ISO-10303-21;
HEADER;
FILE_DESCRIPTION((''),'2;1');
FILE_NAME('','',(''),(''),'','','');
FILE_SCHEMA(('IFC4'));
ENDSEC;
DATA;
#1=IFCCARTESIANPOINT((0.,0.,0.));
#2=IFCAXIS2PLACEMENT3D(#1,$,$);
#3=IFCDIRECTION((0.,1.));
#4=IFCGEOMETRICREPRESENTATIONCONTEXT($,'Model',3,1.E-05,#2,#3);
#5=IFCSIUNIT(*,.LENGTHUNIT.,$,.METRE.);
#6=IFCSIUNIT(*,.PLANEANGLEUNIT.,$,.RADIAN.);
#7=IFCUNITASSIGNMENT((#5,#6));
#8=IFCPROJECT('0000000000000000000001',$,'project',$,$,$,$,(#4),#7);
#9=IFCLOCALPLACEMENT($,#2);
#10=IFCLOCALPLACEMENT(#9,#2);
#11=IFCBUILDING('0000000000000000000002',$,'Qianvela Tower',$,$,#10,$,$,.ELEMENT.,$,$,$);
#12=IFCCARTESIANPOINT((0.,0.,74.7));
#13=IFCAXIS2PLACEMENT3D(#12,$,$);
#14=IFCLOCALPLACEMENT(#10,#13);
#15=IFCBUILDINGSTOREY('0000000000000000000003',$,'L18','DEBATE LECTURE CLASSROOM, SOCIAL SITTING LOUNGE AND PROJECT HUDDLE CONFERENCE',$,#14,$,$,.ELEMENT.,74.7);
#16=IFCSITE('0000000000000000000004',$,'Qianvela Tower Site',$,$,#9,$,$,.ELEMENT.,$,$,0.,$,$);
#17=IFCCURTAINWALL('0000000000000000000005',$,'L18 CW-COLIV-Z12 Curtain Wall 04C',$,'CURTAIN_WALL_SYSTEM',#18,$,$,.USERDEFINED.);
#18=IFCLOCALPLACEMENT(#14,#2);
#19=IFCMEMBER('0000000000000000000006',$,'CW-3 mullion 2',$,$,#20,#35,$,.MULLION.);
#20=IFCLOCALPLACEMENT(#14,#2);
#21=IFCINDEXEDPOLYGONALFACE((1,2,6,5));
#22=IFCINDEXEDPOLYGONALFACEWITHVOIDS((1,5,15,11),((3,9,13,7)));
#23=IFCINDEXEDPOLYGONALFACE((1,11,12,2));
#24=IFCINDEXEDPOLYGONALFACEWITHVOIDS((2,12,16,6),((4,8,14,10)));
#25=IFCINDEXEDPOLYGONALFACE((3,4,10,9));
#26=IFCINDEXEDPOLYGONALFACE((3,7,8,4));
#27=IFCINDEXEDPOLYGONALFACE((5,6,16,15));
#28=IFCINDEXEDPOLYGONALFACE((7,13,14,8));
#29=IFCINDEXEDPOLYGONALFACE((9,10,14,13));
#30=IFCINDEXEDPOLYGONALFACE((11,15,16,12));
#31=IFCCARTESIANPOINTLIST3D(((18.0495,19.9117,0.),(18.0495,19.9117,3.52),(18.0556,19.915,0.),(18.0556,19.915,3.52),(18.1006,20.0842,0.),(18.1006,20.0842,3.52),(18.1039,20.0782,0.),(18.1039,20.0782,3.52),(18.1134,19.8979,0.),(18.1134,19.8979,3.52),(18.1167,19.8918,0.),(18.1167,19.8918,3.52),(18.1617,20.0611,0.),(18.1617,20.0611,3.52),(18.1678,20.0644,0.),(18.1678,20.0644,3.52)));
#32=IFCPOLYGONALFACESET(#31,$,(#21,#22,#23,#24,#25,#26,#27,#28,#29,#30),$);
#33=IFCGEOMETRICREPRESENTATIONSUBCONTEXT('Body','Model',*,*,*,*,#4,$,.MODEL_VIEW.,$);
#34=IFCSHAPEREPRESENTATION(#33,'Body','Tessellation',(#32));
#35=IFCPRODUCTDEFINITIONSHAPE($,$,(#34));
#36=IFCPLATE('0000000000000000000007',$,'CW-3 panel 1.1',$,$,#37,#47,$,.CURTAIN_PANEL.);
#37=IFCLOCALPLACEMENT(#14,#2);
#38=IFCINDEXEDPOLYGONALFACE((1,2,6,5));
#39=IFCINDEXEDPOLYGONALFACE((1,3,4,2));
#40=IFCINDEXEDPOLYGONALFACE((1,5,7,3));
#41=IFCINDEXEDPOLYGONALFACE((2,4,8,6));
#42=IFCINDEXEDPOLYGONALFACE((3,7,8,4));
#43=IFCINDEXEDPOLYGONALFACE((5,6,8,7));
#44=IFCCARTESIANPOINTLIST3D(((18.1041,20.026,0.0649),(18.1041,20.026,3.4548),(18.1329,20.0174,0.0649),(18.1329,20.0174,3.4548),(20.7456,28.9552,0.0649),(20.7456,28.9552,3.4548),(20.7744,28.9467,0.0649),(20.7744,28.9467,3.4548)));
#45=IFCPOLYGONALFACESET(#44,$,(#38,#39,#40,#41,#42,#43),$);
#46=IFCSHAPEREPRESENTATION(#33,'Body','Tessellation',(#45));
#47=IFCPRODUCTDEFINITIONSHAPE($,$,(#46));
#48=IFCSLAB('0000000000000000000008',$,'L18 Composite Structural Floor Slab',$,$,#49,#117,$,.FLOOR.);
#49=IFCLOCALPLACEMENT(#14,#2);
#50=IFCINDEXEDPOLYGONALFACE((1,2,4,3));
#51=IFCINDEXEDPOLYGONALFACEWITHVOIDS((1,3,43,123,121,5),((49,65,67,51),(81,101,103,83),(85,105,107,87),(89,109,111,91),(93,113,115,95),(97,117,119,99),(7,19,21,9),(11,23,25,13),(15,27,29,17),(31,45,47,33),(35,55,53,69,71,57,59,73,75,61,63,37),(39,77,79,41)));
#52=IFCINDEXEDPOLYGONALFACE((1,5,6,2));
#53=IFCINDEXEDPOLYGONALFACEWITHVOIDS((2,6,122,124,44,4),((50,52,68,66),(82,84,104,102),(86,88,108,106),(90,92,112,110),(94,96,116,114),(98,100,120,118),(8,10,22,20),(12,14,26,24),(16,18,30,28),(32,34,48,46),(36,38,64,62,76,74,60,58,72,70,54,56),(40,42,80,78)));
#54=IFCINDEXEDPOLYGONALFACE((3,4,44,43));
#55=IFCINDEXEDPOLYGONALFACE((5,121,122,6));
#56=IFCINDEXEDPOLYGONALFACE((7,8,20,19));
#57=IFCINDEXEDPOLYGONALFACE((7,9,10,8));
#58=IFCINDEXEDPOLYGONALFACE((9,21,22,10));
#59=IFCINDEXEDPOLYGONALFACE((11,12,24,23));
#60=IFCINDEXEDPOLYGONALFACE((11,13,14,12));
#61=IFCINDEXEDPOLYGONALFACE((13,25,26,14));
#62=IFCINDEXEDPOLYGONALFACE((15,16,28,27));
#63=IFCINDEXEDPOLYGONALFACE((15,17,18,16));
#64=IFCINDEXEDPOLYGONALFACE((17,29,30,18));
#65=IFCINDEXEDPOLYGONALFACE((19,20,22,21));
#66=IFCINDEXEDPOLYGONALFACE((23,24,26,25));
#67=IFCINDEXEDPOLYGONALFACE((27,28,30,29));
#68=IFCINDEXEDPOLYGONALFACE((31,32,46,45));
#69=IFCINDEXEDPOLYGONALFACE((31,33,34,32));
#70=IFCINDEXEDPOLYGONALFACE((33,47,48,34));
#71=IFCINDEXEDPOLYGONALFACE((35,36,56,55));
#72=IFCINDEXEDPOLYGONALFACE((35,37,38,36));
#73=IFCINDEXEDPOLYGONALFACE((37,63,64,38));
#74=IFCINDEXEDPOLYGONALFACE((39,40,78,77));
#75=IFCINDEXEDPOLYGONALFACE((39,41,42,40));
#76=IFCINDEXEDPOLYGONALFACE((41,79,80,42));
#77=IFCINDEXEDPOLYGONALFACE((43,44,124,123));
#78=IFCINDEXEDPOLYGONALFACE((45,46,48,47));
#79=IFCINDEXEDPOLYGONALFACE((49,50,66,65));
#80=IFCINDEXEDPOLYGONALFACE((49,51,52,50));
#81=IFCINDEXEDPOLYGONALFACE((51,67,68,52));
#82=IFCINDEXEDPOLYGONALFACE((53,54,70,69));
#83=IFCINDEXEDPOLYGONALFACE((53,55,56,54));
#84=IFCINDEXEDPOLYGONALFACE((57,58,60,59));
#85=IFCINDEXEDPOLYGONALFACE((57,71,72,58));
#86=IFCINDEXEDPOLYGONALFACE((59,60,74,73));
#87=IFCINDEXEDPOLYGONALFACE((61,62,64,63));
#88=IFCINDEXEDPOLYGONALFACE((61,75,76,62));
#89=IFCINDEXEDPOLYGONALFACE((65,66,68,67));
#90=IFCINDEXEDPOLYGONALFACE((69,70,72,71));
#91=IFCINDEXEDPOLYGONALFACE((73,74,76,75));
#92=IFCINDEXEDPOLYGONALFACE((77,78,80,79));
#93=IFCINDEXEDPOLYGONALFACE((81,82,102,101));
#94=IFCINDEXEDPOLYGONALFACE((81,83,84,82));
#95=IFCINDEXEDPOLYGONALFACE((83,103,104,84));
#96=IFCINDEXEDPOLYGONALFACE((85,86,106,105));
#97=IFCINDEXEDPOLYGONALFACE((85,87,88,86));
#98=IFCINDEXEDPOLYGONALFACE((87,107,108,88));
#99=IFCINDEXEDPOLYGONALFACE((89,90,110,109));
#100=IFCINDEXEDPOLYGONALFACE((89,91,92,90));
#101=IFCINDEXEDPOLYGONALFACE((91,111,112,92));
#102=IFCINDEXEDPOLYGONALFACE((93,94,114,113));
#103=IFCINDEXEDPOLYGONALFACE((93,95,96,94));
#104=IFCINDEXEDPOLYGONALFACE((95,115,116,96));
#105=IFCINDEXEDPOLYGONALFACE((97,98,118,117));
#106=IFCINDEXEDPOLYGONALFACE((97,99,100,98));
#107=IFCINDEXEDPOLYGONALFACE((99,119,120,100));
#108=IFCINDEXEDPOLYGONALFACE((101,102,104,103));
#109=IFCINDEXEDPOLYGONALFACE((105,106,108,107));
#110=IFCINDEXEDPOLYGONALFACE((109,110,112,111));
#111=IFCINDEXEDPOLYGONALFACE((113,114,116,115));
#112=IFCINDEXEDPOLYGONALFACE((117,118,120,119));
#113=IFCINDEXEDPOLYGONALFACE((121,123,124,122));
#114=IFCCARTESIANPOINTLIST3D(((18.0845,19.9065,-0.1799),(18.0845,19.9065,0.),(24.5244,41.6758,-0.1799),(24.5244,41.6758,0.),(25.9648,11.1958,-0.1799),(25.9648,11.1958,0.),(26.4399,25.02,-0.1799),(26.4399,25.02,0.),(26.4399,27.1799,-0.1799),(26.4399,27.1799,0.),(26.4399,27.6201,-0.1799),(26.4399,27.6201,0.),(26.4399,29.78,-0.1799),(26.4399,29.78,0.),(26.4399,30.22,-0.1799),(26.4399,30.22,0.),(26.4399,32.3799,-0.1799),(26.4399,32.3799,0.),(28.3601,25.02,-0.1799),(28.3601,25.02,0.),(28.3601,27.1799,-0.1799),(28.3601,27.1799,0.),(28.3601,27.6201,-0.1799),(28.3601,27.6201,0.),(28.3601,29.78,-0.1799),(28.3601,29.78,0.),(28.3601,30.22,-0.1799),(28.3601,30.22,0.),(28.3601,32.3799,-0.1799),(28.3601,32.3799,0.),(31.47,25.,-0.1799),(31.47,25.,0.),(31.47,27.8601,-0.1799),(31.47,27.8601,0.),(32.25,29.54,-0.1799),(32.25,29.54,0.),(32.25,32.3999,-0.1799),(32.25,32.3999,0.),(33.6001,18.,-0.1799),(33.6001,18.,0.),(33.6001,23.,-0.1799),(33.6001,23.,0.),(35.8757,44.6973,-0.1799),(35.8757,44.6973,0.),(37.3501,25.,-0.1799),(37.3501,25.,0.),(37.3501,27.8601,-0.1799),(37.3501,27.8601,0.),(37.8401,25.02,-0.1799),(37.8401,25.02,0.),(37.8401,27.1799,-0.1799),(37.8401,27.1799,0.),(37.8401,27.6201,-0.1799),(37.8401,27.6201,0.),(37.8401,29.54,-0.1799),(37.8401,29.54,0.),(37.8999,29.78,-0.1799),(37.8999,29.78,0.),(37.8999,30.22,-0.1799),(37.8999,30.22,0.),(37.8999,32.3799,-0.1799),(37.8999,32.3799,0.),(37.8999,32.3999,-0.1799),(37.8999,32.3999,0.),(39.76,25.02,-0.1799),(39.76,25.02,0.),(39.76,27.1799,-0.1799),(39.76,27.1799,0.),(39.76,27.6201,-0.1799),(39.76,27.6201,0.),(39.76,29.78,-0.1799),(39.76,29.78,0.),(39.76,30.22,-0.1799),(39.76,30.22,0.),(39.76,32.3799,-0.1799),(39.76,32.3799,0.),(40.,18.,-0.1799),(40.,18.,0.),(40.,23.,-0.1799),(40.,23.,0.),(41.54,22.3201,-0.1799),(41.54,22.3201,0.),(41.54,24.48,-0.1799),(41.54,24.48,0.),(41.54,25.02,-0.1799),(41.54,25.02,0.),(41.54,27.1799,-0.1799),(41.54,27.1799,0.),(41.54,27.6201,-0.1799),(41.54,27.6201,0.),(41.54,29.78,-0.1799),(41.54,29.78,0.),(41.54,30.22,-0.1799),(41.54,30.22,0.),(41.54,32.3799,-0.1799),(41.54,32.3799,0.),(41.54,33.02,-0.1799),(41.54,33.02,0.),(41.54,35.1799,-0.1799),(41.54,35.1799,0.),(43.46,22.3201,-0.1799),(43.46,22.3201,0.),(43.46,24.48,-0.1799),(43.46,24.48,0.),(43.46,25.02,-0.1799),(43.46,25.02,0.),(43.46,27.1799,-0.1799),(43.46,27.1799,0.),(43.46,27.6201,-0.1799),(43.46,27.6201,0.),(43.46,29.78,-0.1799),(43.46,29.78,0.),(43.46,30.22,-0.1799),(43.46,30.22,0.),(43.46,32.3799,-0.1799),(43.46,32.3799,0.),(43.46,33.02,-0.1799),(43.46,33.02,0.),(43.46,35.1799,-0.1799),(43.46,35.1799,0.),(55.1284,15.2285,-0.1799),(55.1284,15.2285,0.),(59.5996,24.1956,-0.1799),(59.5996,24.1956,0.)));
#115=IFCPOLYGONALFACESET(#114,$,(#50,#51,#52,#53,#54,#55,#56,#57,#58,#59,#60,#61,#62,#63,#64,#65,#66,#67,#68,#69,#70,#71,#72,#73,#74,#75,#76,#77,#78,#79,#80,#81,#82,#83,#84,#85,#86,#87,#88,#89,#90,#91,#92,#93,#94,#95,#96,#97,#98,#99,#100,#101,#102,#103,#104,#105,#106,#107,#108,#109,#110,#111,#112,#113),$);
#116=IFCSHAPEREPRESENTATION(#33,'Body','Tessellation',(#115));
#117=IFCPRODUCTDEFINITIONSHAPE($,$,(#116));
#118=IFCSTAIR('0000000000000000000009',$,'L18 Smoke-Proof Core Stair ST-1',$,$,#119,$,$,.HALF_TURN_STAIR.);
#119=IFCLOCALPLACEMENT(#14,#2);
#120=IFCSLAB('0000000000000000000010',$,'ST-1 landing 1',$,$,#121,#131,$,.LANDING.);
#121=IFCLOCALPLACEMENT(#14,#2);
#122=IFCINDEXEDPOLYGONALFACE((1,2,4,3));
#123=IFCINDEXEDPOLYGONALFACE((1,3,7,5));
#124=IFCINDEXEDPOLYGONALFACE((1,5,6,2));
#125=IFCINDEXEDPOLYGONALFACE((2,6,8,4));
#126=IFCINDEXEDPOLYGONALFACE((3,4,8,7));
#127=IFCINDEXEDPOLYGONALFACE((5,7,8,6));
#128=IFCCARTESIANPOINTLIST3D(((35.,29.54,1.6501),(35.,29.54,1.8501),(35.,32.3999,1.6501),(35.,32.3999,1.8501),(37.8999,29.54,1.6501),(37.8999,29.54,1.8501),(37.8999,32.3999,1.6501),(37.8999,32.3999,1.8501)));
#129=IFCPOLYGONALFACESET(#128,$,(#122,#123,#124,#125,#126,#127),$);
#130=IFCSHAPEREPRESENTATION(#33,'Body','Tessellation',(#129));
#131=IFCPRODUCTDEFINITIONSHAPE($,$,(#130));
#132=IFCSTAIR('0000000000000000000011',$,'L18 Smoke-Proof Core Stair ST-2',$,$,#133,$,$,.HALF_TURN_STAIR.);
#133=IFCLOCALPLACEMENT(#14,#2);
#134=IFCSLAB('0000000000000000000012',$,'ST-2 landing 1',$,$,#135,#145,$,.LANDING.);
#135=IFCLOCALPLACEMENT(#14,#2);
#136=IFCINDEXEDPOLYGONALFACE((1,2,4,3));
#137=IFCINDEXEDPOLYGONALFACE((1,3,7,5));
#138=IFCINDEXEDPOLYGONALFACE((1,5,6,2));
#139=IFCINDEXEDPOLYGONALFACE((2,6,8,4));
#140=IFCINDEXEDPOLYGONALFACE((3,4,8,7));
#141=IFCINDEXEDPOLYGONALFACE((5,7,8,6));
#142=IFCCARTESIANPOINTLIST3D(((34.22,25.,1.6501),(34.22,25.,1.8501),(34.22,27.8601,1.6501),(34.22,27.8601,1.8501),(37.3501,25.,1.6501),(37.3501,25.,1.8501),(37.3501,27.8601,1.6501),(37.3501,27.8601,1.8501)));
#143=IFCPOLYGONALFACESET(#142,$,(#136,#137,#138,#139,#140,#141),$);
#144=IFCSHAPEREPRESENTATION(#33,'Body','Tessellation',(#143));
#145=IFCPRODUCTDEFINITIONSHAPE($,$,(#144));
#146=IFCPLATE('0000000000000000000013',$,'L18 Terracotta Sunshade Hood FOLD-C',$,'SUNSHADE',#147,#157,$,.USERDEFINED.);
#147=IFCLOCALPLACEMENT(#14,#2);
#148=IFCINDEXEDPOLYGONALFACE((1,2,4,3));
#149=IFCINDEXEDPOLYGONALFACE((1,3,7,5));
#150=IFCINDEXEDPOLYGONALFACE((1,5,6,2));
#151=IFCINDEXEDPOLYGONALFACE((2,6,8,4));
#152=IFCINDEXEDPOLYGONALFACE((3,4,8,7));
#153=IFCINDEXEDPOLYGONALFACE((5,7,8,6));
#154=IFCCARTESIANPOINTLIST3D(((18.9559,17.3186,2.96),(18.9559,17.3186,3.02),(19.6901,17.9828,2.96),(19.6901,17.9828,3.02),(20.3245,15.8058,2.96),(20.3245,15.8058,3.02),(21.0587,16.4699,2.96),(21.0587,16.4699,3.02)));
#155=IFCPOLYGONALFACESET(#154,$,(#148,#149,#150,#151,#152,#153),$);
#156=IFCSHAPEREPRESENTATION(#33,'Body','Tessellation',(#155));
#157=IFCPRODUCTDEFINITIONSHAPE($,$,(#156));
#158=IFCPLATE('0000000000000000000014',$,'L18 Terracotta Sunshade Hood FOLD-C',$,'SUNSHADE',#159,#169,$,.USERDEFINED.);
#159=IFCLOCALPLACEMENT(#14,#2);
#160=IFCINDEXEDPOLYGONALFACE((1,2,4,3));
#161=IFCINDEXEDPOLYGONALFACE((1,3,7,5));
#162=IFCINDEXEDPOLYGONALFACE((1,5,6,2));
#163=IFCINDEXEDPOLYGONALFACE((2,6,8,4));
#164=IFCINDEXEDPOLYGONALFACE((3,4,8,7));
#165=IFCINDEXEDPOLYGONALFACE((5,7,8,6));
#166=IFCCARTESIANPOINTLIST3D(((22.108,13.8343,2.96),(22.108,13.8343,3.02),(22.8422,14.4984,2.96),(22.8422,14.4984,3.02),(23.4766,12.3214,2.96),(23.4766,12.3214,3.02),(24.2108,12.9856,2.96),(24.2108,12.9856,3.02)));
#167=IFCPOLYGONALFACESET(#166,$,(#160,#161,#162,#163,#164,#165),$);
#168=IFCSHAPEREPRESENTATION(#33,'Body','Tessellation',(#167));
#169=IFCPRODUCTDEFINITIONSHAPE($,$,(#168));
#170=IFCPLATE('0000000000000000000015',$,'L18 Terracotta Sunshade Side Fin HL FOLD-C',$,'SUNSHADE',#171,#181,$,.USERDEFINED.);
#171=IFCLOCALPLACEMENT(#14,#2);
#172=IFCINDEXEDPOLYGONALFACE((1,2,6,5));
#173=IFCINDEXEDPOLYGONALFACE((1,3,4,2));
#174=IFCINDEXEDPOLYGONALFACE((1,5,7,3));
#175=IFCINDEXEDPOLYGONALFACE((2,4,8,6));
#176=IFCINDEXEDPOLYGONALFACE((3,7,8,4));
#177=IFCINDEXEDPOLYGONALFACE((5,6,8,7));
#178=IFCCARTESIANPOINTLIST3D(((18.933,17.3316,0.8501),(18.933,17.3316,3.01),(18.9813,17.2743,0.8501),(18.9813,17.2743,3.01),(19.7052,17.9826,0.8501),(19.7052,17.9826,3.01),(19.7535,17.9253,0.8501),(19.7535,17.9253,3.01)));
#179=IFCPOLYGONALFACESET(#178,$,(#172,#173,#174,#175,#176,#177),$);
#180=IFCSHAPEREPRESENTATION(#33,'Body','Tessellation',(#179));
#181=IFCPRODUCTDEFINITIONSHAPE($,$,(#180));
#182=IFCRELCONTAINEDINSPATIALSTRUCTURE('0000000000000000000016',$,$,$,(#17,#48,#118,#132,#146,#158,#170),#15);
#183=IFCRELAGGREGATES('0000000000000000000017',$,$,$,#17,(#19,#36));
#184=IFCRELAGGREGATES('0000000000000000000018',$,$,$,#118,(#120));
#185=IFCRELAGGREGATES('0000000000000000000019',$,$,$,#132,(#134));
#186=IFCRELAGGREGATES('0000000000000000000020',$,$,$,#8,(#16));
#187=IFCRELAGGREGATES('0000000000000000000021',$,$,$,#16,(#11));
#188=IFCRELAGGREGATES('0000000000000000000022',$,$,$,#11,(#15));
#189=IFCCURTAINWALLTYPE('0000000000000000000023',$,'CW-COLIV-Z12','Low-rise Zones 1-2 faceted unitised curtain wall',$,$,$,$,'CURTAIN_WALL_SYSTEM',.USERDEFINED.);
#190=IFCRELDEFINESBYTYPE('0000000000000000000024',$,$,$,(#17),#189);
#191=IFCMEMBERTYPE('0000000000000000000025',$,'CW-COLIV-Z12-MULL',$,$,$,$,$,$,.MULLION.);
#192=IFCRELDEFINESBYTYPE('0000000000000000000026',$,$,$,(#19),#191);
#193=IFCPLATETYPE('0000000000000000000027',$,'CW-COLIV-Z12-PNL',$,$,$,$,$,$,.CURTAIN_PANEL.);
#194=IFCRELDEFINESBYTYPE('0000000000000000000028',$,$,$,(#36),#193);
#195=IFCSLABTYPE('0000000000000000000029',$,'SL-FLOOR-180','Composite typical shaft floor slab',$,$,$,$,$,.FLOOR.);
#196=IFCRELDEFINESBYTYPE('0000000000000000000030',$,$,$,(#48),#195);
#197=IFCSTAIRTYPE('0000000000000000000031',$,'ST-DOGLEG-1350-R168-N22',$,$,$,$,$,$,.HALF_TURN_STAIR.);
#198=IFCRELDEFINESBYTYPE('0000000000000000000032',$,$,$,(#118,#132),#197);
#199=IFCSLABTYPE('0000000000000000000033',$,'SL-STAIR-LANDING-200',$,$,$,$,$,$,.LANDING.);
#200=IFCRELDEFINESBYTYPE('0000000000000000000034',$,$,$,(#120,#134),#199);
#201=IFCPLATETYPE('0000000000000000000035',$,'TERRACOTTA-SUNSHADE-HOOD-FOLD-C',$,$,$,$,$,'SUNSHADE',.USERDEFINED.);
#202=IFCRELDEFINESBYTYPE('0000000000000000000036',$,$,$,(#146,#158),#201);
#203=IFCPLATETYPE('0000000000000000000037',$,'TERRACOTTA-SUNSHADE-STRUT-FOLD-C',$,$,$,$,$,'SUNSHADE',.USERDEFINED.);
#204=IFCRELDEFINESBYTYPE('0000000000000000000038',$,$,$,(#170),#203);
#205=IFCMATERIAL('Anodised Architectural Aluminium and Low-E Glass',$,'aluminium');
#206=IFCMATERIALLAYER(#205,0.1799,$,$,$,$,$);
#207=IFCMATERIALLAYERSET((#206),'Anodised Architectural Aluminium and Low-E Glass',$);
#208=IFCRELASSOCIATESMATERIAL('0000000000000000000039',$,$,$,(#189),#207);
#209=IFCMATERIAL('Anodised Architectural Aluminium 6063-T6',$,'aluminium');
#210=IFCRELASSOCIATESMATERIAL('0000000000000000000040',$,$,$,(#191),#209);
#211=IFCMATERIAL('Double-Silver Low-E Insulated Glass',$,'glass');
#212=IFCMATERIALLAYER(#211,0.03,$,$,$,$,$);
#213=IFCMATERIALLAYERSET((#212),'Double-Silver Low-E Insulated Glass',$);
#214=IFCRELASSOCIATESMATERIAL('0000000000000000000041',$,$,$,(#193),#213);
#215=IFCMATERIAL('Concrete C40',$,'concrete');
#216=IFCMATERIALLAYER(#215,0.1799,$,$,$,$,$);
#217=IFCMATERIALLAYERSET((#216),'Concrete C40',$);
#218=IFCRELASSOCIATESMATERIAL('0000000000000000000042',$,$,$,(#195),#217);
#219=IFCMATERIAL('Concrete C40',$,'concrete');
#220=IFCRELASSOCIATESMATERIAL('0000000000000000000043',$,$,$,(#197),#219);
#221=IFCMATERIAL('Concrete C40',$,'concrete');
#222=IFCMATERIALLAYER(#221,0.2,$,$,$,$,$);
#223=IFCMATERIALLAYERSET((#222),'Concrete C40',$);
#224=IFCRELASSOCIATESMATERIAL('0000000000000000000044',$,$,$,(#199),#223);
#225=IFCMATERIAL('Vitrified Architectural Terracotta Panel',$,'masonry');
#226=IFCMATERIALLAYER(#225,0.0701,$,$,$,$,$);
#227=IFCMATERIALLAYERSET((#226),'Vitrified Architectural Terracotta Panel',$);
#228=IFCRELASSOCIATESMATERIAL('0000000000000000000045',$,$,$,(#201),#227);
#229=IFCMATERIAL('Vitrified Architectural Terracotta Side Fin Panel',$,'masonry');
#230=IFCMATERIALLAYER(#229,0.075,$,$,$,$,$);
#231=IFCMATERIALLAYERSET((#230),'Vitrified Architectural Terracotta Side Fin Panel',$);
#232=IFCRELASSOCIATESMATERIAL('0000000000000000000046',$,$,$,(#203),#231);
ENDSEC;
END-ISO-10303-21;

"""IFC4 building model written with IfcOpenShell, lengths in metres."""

from ifc_helpers import new_model, si_unit, direction, frame, origin, origin_2d, place, context, subcontext, project, spatial, polyline, rectangle, hollow_rectangle, outline, extrude, material, layer, layer_set, material_profile, profile_set, type_object, element, aggregate, save


model = new_model("IFC4")

# Units and contexts
model_context = context("Model", 3, precision=1e-05, world=origin(), true_north=direction((0.0, 1.0)))
body_context = subcontext(model_context, "Body", "Model", "MODEL_VIEW")
ifc_project = project(units=[si_unit("LENGTHUNIT", "METRE"), si_unit("PLANEANGLEUNIT", "RADIAN")], contexts=[model_context])

# Site, building, storey
site_placement = place(None, origin())
site = spatial("IfcSite", under=ifc_project, at=site_placement, Name="Qianvela Tower Site", CompositionType="ELEMENT", RefElevation=0.0)
building_placement = place(site_placement, origin())
building = spatial("IfcBuilding", under=site, at=building_placement, Name="Qianvela Tower", CompositionType="ELEMENT")
storey_placement = place(building_placement, frame((0.0, 0.0, 74.7)))
storey = spatial("IfcBuildingStorey", under=building, at=storey_placement, Name="L18", Description="DEBATE LECTURE CLASSROOM, SOCIAL SITTING LOUNGE AND PROJECT HUDDLE CONFERENCE", CompositionType="ELEMENT", Elevation=74.7)

# Curtain wall, member, plate
ifc_material_1 = material(Name="Anodised Architectural Aluminium and Low-E Glass", Category="aluminium")
ifc_layer_1 = layer(ifc_material_1, 0.1799)
ifc_layer_set_1 = layer_set([ifc_layer_1], Name="Anodised Architectural Aluminium and Low-E Glass")
curtain_wall_type = type_object("IfcCurtainWallType", Name="CW-COLIV-Z12", Description="Low-rise Zones 1-2 faceted unitised curtain wall", ElementType="CURTAIN_WALL_SYSTEM", PredefinedType="USERDEFINED", material=ifc_layer_set_1)
curtain_wall_placement = place(storey_placement, origin())
curtain_wall = element("IfcCurtainWall", 1, at=curtain_wall_placement, inside=storey, type_object=curtain_wall_type, Name="L18 CW-COLIV-Z12 Curtain Wall 04C", ObjectType="CURTAIN_WALL_SYSTEM", PredefinedType="USERDEFINED")
ifc_material_2 = material(Name="Anodised Architectural Aluminium 6063-T6", Category="aluminium")
ifc_material_profile = material_profile(ifc_material_2, hollow_rectangle(XDim=0.0701, YDim=0.1799, WallThickness=0.0049, at=origin_2d()), Name="ALU-MULL-70x180")
ifc_profile_set = profile_set([ifc_material_profile], Name="Anodised Architectural Aluminium 6063-T6")
member_type = type_object("IfcMemberType", Name="CW-COLIV-Z12-MULL", PredefinedType="MULLION", material=ifc_profile_set)
member_placement = place(storey_placement, frame((18.1086, 19.988, 0.0), z_axis=(0.0, 0.0, 1.0), x_axis=(0.958921, -0.283672, 0.0)))
member = element("IfcMember", 2, at=member_placement, type_object=member_type, Name="CW-3 mullion 2", PredefinedType="MULLION", context=body_context, shape_type="SweptSolid", body=[
    extrude(hollow_rectangle(XDim=0.0701, YDim=0.1799, WallThickness=0.0049, at=origin_2d()), origin(), (0.0, 0.0, 1.0), 3.52),
])
ifc_material_3 = material(Name="Double-Silver Low-E Insulated Glass", Category="glass")
ifc_layer_2 = layer(ifc_material_3, 0.03)
ifc_layer_set_2 = layer_set([ifc_layer_2], Name="Double-Silver Low-E Insulated Glass")
plate_type_1 = type_object("IfcPlateType", Name="CW-COLIV-Z12-PNL", PredefinedType="CURTAIN_PANEL", material=ifc_layer_set_2)
plate_placement = place(storey_placement, frame((19.4392, 24.4863, 0.0649), z_axis=(0.0, 0.0, 1.0), x_axis=(-0.283672, -0.958921, 0.0)))
plate = element("IfcPlate", 3, at=plate_placement, type_object=plate_type_1, Name="CW-3 panel 1.1", PredefinedType="CURTAIN_PANEL", context=body_context, shape_type="SweptSolid", body=[
    extrude(rectangle(XDim=9.3118, YDim=0.03, at=origin_2d()), origin(), (0.0, 0.0, 1.0), 3.3899),
])
aggregate(curtain_wall, [member, plate])

# Slab
ifc_material_4 = material(Name="Concrete C40", Category="concrete")
ifc_layer_3 = layer(ifc_material_4, 0.1799)
ifc_layer_set_3 = layer_set([ifc_layer_3], Name="Concrete C40")
slab_type_1 = type_object("IfcSlabType", Name="SL-FLOOR-180", Description="Composite typical shaft floor slab", PredefinedType="FLOOR", material=ifc_layer_set_3)
slab_1_placement = place(storey_placement, frame((0.0, 0.0, -0.1799)))
element("IfcSlab", 4, at=slab_1_placement, inside=storey, type_object=slab_type_1, Name="L18 Composite Structural Floor Slab", PredefinedType="FLOOR", context=body_context, shape_type="SweptSolid", body=[
    extrude(outline(polyline([(55.1284, 15.2285), (59.5996, 24.1956), (35.8757, 44.6973), (24.5244, 41.6758), (18.0845, 19.9065), (25.9648, 11.1958), (55.1284, 15.2285)]), holes=[polyline([(40.0, 23.0), (33.6001, 23.0), (33.6001, 18.0), (40.0, 18.0), (40.0, 23.0)]), polyline([(28.3601, 25.02), (28.3601, 27.1799), (26.4399, 27.1799), (26.4399, 25.02), (28.3601, 25.02)]), polyline([(37.3501, 25.0), (37.3501, 27.8601), (31.47, 27.8601), (31.47, 25.0), (37.3501, 25.0)]), polyline([(28.3601, 27.6201), (28.3601, 29.78), (26.4399, 29.78), (26.4399, 27.6201), (28.3601, 27.6201)]), polyline([(37.8999, 32.3799), (37.8999, 32.3999), (32.25, 32.3999), (32.25, 29.54), (37.8401, 29.54), (37.8401, 27.6201), (39.76, 27.6201), (39.76, 29.78), (37.8999, 29.78), (37.8999, 30.22), (39.76, 30.22), (39.76, 32.3799), (37.8999, 32.3799)]), polyline([(28.3601, 30.22), (28.3601, 32.3799), (26.4399, 32.3799), (26.4399, 30.22), (28.3601, 30.22)]), polyline([(43.46, 24.48), (41.54, 24.48), (41.54, 22.3201), (43.46, 22.3201), (43.46, 24.48)]), polyline([(39.76, 25.02), (39.76, 27.1799), (37.8401, 27.1799), (37.8401, 25.02), (39.76, 25.02)]), polyline([(43.46, 25.02), (43.46, 27.1799), (41.54, 27.1799), (41.54, 25.02), (43.46, 25.02)]), polyline([(43.46, 27.6201), (43.46, 29.78), (41.54, 29.78), (41.54, 27.6201), (43.46, 27.6201)]), polyline([(43.46, 30.22), (43.46, 32.3799), (41.54, 32.3799), (41.54, 30.22), (43.46, 30.22)]), polyline([(43.46, 33.02), (43.46, 35.1799), (41.54, 35.1799), (41.54, 33.02), (43.46, 33.02)])]), origin(), (0.0, 0.0, 1.0), 0.1799),
])

# Stairs, slabs
ifc_material_5 = material(Name="Concrete C40", Category="concrete")
stair_type = type_object("IfcStairType", Name="ST-DOGLEG-1350-R168-N22", PredefinedType="HALF_TURN_STAIR", material=ifc_material_5)
stair_1_placement = place(storey_placement, origin())
stair_1 = element("IfcStair", 5, at=stair_1_placement, inside=storey, type_object=stair_type, Name="L18 Smoke-Proof Core Stair ST-1", PredefinedType="HALF_TURN_STAIR")
ifc_material_6 = material(Name="Concrete C40", Category="concrete")
ifc_layer_4 = layer(ifc_material_6, 0.2)
ifc_layer_set_4 = layer_set([ifc_layer_4], Name="Concrete C40")
slab_type_2 = type_object("IfcSlabType", Name="SL-STAIR-LANDING-200", PredefinedType="LANDING", material=ifc_layer_set_4)
slab_2_placement = place(storey_placement, frame((0.0, 0.0, 1.6501)))
slab_2 = element("IfcSlab", 6, at=slab_2_placement, type_object=slab_type_2, Name="ST-1 landing 1", PredefinedType="LANDING", context=body_context, shape_type="SweptSolid", body=[
    extrude(outline(polyline([(35.0, 29.54), (37.8999, 29.54), (37.8999, 32.3999), (35.0, 32.3999), (35.0, 29.54)])), origin(), (0.0, 0.0, 1.0), 0.2),
])
aggregate(stair_1, [slab_2])
stair_2_placement = place(storey_placement, origin())
stair_2 = element("IfcStair", 7, at=stair_2_placement, inside=storey, type_object=stair_type, Name="L18 Smoke-Proof Core Stair ST-2", PredefinedType="HALF_TURN_STAIR")
slab_3_placement = place(storey_placement, frame((0.0, 0.0, 1.6501)))
slab_3 = element("IfcSlab", 8, at=slab_3_placement, type_object=slab_type_2, Name="ST-2 landing 1", PredefinedType="LANDING", context=body_context, shape_type="SweptSolid", body=[
    extrude(outline(polyline([(34.22, 25.0), (37.3501, 25.0), (37.3501, 27.8601), (34.22, 27.8601), (34.22, 25.0)])), origin(), (0.0, 0.0, 1.0), 0.2),
])
aggregate(stair_2, [slab_3])

# Plates
ifc_material_7 = material(Name="Vitrified Architectural Terracotta Panel", Category="masonry")
ifc_layer_5 = layer(ifc_material_7, 0.0701)
ifc_layer_set_5 = layer_set([ifc_layer_5], Name="Vitrified Architectural Terracotta Panel")
plate_type_2 = type_object("IfcPlateType", Name="TERRACOTTA-SUNSHADE-HOOD-FOLD-C", ElementType="SUNSHADE", PredefinedType="USERDEFINED", material=ifc_layer_set_5)
for number, where, z_axis, x_axis, name in (
    (9, (20.0073, 16.8943, 2.96), (0.0, 0.0, 1.0), (0.670867, -0.741578, 0.0), "L18 Terracotta Sunshade Hood FOLD-C"),
    (10, (23.1594, 13.4099, 2.96), (0.0, 0.0, 1.0), (0.670867, -0.741578, 0.0), "L18 Terracotta Sunshade Hood FOLD-C"),
):
    element("IfcPlate", number, at=place(storey_placement, frame(where, z_axis=z_axis, x_axis=x_axis)), inside=storey, type_object=plate_type_2, Name=name, ObjectType="SUNSHADE", PredefinedType="USERDEFINED", context=body_context, shape_type="SweptSolid", body=[
        extrude(rectangle(XDim=2.04, YDim=0.99, at=origin_2d()), origin(), (0.0, 0.0, 1.0), 0.0601),
    ])
ifc_material_8 = material(Name="Vitrified Architectural Terracotta Side Fin Panel", Category="masonry")
ifc_layer_6 = layer(ifc_material_8, 0.075)
ifc_layer_set_6 = layer_set([ifc_layer_6], Name="Vitrified Architectural Terracotta Side Fin Panel")
plate_type_3 = type_object("IfcPlateType", Name="TERRACOTTA-SUNSHADE-STRUT-FOLD-C", ElementType="SUNSHADE", PredefinedType="USERDEFINED", material=ifc_layer_set_6)
for number, where, z_axis, x_axis, name in (
    (11, (19.3433, 17.6284, 0.8501), (0.0, 0.0, 1.0), (0.644577, -0.764539, 0.0), "L18 Terracotta Sunshade Side Fin HL FOLD-C"),
):
    element("IfcPlate", number, at=place(storey_placement, frame(where, z_axis=z_axis, x_axis=x_axis)), inside=storey, type_object=plate_type_3, Name=name, ObjectType="SUNSHADE", PredefinedType="USERDEFINED", context=body_context, shape_type="SweptSolid", body=[
        extrude(rectangle(XDim=0.075, YDim=1.01, at=origin_2d()), origin(), (0.0, 0.0, 1.0), 2.1599),
    ])

save(model, "model.ifc")
